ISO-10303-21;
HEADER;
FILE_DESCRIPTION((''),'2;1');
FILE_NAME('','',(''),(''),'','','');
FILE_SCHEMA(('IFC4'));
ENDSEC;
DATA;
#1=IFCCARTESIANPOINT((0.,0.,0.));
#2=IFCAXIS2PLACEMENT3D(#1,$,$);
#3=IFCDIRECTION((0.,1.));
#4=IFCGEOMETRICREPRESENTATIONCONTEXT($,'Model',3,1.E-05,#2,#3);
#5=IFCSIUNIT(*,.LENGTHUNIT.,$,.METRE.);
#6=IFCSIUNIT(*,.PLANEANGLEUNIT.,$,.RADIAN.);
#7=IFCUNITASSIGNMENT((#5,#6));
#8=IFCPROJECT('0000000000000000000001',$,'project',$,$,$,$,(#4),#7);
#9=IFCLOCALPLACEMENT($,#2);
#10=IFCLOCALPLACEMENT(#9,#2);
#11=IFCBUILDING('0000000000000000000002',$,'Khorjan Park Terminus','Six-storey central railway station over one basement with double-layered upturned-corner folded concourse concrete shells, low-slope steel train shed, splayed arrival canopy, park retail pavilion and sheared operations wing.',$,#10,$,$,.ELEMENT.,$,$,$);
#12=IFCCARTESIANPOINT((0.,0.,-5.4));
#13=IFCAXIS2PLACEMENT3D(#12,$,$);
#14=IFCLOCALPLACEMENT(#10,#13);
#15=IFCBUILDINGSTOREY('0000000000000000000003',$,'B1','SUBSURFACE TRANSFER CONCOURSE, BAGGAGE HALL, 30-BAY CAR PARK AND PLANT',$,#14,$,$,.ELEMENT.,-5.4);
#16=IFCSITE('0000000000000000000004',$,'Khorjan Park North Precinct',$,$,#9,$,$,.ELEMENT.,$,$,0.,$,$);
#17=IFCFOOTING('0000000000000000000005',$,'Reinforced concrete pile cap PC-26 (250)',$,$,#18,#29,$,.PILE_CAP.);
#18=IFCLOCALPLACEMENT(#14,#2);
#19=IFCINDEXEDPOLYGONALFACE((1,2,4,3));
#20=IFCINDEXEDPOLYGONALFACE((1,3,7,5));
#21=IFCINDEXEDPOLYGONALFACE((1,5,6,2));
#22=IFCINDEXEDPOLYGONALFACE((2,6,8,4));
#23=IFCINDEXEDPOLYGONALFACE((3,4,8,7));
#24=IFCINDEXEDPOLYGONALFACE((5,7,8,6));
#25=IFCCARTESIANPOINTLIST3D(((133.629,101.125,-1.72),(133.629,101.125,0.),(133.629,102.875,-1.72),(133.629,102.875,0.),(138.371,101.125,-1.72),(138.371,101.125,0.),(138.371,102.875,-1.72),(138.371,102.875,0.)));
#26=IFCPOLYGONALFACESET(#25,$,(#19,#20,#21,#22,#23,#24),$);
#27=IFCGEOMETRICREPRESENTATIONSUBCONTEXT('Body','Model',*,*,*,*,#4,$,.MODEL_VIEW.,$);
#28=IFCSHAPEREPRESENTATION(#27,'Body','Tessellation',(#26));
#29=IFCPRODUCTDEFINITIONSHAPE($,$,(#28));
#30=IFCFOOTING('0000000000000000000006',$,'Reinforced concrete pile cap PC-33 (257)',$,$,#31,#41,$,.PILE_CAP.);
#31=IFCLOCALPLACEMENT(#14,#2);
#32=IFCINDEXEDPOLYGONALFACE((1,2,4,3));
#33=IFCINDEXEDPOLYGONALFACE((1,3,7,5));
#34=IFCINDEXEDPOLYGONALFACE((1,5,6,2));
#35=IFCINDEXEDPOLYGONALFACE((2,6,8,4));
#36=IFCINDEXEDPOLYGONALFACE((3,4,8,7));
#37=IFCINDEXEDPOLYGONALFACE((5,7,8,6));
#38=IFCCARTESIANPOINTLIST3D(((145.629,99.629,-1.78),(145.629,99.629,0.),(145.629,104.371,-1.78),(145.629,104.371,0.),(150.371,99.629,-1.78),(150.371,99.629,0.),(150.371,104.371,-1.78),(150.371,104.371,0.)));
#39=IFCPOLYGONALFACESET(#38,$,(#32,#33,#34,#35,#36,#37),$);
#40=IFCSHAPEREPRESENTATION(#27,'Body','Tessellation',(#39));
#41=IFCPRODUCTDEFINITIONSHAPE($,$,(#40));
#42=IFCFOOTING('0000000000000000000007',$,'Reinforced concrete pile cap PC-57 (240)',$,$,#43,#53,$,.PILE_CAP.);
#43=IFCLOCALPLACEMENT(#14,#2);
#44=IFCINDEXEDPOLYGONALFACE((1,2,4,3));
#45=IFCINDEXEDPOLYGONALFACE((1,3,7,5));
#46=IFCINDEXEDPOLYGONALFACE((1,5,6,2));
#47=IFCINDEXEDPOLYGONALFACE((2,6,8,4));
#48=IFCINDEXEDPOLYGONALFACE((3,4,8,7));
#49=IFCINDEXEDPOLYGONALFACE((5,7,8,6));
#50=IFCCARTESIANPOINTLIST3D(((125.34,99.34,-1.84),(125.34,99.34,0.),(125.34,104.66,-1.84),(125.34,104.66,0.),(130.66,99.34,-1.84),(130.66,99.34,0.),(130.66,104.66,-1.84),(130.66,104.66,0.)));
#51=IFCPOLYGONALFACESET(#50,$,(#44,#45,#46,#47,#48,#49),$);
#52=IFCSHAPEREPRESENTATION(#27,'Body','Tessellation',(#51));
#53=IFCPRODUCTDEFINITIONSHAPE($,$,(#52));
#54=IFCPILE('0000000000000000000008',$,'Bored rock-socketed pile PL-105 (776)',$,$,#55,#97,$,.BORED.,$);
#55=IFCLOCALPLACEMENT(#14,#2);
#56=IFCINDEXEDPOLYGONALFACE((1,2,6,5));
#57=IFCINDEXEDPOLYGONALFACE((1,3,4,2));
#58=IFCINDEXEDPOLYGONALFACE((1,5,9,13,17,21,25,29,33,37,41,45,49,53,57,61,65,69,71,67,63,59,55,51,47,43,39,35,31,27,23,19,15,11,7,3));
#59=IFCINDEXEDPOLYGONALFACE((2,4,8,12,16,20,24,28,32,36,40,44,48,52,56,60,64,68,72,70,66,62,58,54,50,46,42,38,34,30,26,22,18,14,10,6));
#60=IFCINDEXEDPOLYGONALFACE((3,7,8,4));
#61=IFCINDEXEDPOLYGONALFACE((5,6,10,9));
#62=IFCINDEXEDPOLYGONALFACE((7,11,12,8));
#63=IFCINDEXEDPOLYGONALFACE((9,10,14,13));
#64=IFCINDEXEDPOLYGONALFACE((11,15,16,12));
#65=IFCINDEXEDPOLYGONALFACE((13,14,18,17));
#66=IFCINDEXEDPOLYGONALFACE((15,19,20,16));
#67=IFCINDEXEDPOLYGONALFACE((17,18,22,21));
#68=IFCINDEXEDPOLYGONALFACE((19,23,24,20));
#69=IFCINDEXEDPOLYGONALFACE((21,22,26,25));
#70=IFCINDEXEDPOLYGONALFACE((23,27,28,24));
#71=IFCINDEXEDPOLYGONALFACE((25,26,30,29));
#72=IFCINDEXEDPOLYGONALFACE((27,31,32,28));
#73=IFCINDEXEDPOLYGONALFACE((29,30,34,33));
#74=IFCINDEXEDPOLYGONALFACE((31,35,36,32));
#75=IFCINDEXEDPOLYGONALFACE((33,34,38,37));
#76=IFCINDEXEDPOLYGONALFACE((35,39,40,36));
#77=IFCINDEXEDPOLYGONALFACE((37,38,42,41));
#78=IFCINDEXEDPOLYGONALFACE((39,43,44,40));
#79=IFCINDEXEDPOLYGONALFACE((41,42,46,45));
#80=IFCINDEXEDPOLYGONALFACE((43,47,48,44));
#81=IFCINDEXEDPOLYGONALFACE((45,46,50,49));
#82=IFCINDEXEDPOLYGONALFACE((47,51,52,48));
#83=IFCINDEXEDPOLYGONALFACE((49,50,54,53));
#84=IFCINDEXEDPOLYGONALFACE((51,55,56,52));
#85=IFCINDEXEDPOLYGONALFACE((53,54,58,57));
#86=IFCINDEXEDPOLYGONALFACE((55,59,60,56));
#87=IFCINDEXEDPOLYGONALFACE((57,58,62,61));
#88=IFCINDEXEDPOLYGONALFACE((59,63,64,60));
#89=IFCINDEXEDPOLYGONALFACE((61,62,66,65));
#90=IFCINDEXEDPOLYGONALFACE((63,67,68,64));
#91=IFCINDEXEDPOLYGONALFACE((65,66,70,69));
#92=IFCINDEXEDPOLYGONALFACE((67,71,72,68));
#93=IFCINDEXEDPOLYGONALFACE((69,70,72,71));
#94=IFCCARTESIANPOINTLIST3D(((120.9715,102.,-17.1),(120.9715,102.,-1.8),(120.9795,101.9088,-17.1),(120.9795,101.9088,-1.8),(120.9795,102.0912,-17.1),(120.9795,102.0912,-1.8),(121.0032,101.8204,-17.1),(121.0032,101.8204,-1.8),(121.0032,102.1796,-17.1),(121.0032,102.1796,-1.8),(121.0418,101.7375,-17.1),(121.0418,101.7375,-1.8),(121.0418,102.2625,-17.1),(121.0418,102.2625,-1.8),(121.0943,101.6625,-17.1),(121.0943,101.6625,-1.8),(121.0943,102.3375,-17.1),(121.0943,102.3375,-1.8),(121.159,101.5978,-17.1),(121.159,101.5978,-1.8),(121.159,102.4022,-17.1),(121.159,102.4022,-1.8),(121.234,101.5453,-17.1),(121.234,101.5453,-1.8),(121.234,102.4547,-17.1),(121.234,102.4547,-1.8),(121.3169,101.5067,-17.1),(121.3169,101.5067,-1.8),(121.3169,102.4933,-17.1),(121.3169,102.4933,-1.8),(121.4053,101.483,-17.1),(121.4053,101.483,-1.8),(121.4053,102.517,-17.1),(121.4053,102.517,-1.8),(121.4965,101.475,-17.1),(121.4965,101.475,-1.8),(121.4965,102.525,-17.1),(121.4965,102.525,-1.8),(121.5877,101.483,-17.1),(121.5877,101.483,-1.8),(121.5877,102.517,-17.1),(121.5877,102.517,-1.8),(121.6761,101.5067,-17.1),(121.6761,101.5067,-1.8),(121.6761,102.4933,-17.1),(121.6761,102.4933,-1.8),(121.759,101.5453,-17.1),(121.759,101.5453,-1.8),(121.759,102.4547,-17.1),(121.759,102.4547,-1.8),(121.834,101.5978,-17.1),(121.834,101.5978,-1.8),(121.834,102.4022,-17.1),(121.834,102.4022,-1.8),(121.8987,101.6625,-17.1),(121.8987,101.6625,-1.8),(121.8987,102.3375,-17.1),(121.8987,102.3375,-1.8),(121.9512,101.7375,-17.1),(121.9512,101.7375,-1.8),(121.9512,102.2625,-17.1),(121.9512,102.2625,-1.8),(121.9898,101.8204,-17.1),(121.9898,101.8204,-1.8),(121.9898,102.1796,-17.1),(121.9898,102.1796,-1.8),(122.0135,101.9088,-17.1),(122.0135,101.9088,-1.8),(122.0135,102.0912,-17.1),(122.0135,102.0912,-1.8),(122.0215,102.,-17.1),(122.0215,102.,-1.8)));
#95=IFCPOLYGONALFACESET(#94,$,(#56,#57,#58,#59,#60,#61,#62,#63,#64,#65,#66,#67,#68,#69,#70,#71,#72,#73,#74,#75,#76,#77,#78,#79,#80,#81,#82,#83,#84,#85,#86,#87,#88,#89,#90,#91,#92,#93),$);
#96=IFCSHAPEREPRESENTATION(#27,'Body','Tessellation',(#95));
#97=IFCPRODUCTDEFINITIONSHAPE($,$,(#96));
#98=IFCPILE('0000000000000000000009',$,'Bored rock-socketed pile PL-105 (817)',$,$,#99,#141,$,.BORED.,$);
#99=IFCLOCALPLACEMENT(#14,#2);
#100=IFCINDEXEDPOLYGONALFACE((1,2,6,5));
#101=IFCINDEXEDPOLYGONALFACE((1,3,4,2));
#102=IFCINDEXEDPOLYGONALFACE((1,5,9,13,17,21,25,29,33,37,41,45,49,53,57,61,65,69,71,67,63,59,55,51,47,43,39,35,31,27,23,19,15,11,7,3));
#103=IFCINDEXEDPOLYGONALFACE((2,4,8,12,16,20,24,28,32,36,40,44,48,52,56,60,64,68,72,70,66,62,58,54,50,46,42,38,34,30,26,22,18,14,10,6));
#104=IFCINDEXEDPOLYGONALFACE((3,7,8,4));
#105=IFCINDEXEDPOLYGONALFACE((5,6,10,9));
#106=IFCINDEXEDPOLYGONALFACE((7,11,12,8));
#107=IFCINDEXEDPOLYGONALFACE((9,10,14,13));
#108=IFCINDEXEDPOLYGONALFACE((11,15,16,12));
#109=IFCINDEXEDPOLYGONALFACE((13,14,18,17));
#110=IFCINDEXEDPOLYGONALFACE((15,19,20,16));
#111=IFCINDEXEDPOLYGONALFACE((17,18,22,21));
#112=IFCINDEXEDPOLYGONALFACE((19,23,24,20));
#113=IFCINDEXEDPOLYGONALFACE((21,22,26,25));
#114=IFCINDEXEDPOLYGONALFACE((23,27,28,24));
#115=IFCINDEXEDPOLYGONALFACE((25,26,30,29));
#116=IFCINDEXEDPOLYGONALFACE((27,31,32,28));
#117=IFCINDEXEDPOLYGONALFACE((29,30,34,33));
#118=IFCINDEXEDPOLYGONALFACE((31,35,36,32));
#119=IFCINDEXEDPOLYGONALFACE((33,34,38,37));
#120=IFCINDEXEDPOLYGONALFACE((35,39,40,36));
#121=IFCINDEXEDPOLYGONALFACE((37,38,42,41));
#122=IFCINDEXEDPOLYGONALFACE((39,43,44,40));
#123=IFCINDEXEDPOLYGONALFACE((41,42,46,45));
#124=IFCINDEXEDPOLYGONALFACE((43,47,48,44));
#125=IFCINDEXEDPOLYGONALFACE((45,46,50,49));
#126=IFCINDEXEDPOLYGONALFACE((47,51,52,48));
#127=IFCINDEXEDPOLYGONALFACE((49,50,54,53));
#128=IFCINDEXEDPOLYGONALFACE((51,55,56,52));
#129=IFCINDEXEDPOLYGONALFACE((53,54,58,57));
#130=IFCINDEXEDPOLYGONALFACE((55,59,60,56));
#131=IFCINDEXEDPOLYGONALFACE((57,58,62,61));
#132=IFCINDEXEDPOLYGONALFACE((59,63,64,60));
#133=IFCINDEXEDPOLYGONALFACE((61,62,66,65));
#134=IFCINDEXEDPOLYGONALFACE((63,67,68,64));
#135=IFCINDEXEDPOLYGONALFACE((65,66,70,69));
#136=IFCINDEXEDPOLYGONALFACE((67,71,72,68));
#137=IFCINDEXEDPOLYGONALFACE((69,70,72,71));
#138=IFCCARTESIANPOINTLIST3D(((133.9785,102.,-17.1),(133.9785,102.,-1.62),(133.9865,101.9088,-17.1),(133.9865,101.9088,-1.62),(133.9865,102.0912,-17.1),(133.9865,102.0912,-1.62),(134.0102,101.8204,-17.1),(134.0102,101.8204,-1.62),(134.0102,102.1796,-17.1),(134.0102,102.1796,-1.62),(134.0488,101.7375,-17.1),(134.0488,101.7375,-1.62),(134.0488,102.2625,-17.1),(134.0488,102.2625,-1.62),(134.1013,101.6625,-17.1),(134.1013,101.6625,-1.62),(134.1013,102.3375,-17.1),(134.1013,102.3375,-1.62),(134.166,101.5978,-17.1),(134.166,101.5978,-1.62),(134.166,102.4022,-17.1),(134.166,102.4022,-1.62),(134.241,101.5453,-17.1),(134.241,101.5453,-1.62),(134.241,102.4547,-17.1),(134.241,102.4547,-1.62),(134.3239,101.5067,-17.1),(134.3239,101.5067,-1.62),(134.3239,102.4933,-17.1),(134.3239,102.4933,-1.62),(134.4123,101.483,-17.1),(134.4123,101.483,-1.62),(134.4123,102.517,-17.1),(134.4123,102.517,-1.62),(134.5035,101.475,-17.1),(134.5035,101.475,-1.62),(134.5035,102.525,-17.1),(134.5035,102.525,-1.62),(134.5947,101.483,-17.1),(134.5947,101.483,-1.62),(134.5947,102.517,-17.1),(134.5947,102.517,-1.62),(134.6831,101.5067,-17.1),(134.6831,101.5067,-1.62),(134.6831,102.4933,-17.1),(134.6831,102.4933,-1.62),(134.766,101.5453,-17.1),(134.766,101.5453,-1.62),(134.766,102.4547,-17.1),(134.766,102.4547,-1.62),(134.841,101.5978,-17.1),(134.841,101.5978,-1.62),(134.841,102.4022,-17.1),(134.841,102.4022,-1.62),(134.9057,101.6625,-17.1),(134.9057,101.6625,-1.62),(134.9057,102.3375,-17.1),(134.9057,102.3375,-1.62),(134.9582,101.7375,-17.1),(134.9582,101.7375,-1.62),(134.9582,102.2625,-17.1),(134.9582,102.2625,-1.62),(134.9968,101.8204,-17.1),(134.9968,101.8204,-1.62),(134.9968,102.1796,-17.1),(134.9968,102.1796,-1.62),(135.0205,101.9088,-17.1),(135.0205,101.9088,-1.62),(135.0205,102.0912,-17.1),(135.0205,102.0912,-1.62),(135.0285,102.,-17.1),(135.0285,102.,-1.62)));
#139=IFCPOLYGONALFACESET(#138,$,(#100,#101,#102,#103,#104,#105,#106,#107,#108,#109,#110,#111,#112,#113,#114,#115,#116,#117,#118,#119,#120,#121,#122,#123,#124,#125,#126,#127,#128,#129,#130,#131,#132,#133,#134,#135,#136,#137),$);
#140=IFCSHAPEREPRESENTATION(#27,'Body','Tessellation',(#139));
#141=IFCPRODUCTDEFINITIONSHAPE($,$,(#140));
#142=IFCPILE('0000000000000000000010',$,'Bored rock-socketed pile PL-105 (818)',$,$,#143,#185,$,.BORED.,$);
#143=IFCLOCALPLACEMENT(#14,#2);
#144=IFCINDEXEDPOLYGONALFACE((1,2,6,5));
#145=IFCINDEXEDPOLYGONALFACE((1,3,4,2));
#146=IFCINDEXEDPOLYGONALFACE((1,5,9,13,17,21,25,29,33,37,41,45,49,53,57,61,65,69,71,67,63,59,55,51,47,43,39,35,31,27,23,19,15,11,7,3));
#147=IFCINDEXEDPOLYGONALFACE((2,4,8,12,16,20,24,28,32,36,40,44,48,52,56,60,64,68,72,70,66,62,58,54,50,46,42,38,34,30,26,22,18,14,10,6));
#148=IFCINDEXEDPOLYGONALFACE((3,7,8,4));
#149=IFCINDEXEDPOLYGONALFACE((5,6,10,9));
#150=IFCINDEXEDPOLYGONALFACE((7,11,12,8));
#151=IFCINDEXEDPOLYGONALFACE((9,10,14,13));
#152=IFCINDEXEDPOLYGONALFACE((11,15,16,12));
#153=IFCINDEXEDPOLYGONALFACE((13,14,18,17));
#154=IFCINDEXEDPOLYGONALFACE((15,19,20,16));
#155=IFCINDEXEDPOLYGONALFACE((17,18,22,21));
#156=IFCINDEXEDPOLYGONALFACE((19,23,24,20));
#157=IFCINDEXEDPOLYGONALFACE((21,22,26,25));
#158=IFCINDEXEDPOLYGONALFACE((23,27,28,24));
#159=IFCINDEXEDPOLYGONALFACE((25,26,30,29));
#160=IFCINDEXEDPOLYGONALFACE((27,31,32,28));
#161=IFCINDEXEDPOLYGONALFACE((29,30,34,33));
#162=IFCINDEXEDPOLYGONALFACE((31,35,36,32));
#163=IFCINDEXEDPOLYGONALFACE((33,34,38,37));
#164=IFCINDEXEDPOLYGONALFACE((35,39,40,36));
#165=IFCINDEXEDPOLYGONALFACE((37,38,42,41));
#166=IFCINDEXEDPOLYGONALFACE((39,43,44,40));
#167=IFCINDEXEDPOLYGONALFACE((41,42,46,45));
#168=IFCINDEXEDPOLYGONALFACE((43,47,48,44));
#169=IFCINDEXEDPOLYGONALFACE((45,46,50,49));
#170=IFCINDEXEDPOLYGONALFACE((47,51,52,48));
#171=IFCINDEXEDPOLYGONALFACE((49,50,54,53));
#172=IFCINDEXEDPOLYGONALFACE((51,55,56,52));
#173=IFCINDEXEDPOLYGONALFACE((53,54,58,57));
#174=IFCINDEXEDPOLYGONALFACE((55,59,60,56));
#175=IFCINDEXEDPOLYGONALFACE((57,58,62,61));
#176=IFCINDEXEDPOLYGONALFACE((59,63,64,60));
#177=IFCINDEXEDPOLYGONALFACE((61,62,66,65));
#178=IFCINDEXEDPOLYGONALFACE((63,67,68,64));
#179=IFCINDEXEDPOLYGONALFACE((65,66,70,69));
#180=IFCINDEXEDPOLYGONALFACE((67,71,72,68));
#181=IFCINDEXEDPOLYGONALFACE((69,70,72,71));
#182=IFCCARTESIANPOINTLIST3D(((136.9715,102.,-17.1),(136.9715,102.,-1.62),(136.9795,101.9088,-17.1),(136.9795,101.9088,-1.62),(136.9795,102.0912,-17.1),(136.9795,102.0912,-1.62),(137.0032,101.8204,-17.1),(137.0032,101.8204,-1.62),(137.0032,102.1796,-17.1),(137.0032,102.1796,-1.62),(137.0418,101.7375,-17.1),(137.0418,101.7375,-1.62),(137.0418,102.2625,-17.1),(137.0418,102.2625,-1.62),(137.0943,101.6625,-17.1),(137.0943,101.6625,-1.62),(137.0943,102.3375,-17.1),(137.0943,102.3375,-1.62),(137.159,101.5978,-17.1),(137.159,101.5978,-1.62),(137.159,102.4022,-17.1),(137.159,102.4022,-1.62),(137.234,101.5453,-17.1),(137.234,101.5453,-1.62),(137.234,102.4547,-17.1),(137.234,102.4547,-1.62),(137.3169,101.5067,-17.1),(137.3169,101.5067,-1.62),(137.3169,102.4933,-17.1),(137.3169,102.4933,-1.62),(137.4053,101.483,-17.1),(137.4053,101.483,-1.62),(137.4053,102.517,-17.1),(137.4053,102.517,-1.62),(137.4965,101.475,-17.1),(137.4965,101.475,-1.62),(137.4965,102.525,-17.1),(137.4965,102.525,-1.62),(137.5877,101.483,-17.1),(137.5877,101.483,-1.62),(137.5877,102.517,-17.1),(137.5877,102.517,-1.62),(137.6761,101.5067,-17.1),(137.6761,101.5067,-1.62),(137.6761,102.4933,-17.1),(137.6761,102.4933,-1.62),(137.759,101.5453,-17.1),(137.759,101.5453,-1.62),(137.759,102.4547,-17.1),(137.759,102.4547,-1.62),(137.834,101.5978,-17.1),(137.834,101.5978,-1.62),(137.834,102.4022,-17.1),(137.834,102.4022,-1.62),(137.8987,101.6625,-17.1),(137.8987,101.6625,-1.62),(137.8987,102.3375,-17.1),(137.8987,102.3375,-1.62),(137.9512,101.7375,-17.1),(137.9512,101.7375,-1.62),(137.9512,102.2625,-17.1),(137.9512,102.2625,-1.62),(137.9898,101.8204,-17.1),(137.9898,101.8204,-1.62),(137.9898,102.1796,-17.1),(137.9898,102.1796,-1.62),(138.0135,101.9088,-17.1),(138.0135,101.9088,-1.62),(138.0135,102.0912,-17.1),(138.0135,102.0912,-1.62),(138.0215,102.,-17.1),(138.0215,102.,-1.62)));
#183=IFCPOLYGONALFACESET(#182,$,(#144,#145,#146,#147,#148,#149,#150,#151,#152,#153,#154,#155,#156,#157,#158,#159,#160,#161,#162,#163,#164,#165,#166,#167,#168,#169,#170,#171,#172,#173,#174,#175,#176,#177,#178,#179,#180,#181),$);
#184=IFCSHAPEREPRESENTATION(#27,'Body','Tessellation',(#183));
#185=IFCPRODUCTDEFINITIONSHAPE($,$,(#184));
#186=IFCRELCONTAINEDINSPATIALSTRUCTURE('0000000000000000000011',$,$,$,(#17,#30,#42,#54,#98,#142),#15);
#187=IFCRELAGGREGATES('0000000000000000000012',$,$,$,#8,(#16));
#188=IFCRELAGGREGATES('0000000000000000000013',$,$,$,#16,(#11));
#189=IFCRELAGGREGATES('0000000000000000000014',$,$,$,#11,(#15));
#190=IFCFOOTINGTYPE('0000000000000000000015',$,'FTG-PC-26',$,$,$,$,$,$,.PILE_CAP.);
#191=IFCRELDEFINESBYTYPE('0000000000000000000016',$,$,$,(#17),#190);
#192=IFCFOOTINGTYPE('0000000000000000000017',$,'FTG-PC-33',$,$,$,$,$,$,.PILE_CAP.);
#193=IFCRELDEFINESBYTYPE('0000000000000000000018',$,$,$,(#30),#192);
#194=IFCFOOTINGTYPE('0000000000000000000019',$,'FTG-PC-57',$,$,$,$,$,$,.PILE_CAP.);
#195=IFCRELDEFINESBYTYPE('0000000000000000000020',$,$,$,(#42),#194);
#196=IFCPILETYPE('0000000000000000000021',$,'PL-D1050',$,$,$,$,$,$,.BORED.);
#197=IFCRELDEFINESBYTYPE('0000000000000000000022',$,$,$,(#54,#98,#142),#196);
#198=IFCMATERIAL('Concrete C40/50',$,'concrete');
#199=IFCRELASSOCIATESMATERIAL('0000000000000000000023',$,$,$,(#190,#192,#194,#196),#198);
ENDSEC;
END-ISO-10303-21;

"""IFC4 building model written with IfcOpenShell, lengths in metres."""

from ifc_helpers import new_model, si_unit, direction, frame, origin, origin_2d, place, context, subcontext, project, spatial, rectangle, circle, extrude, material, material_profile, profile_set, type_object, element, save


model = new_model("IFC4")

# Units and contexts
model_context = context("Model", 3, precision=1e-05, world=origin(), true_north=direction((0.0, 1.0)))
body_context = subcontext(model_context, "Body", "Model", "MODEL_VIEW")
ifc_project = project(units=[si_unit("LENGTHUNIT", "METRE"), si_unit("PLANEANGLEUNIT", "RADIAN")], contexts=[model_context])

# Site, building, storey
site_placement = place(None, origin())
site = spatial("IfcSite", under=ifc_project, at=site_placement, Name="Khorjan Park North Precinct", CompositionType="ELEMENT", RefElevation=0.0)
building_placement = place(site_placement, origin())
building = spatial("IfcBuilding", under=site, at=building_placement, Name="Khorjan Park Terminus", Description="Six-storey central railway station over one basement with double-layered upturned-corner folded concourse concrete shells, low-slope steel train shed, splayed arrival canopy, park retail pavilion and sheared operations wing.", CompositionType="ELEMENT")
storey_placement = place(building_placement, frame((0.0, 0.0, -5.4)))
storey = spatial("IfcBuildingStorey", under=building, at=storey_placement, Name="B1", Description="SUBSURFACE TRANSFER CONCOURSE, BAGGAGE HALL, 30-BAY CAR PARK AND PLANT", CompositionType="ELEMENT", Elevation=-5.4)

# Footings
ifc_material_1 = material(Name="Concrete C40/50", Category="concrete")
footing_type_1 = type_object("IfcFootingType", Name="FTG-PC-26", PredefinedType="PILE_CAP", material=ifc_material_1)
footing_1_placement = place(storey_placement, frame((136.0, 102.0, -1.72), z_axis=(0.0, 0.0, 1.0), x_axis=(1.0, 0.0, 0.0)))
element("IfcFooting", 1, at=footing_1_placement, inside=storey, type_object=footing_type_1, Name="Reinforced concrete pile cap PC-26 (250)", PredefinedType="PILE_CAP", context=body_context, shape_type="SweptSolid", body=[
    extrude(rectangle(XDim=4.742, YDim=1.75, at=origin_2d()), origin(), (0.0, 0.0, 1.0), 1.72),
])
footing_type_2 = type_object("IfcFootingType", Name="FTG-PC-33", PredefinedType="PILE_CAP", material=ifc_material_1)
footing_2_placement = place(storey_placement, frame((148.0, 102.0, -1.78), z_axis=(0.0, 0.0, 1.0), x_axis=(1.0, 0.0, 0.0)))
element("IfcFooting", 2, at=footing_2_placement, inside=storey, type_object=footing_type_2, Name="Reinforced concrete pile cap PC-33 (257)", PredefinedType="PILE_CAP", context=body_context, shape_type="SweptSolid", body=[
    extrude(rectangle(XDim=4.742, YDim=4.742, at=origin_2d()), origin(), (0.0, 0.0, 1.0), 1.78),
])
footing_type_3 = type_object("IfcFootingType", Name="FTG-PC-57", PredefinedType="PILE_CAP", material=ifc_material_1)
footing_3_placement = place(storey_placement, frame((128.0, 102.0, -1.84), z_axis=(0.0, 0.0, 1.0), x_axis=(1.0, 0.0, 0.0)))
element("IfcFooting", 3, at=footing_3_placement, inside=storey, type_object=footing_type_3, Name="Reinforced concrete pile cap PC-57 (240)", PredefinedType="PILE_CAP", context=body_context, shape_type="SweptSolid", body=[
    extrude(rectangle(XDim=5.32, YDim=5.32, at=origin_2d()), origin(), (0.0, 0.0, 1.0), 1.84),
])

# Piles
ifc_material_profile_1 = material_profile(ifc_material_1, circle(Radius=0.525, at=origin_2d()), Name="BORED D1050")
ifc_profile_set_1 = profile_set([ifc_material_profile_1], Name="Concrete C40/50")
pile_type_1 = type_object("IfcPileType", Name="PL-D1050", PredefinedType="BORED", material=ifc_profile_set_1)
pile_placement = place(storey_placement, frame((121.4965, 102.0, -1.8), z_axis=(0.0, 0.0, -1.0), x_axis=(1.0, 0.0, 0.0)))
element("IfcPile", 4, at=pile_placement, inside=storey, type_object=pile_type_1, Name="Bored rock-socketed pile PL-105 (776)", PredefinedType="BORED", context=body_context, shape_type="SweptSolid", body=[
    extrude(circle(Radius=0.525, at=origin_2d()), origin(), (0.0, 0.0, 1.0), 15.3),
])
for number, where, z_axis, x_axis, name in (
    (5, (134.5035, 102.0, -1.62), (0.0, 0.0, -1.0), (1.0, 0.0, 0.0), "Bored rock-socketed pile PL-105 (817)"),
    (6, (137.4965, 102.0, -1.62), (0.0, 0.0, -1.0), (1.0, 0.0, 0.0), "Bored rock-socketed pile PL-105 (818)"),
):
    element("IfcPile", number, at=place(storey_placement, frame(where, z_axis=z_axis, x_axis=x_axis)), inside=storey, type_object=pile_type_1, Name=name, PredefinedType="BORED", context=body_context, shape_type="SweptSolid", body=[
        extrude(circle(Radius=0.525, at=origin_2d()), origin(), (0.0, 0.0, 1.0), 15.48),
    ])

save(model, "model.ifc")
